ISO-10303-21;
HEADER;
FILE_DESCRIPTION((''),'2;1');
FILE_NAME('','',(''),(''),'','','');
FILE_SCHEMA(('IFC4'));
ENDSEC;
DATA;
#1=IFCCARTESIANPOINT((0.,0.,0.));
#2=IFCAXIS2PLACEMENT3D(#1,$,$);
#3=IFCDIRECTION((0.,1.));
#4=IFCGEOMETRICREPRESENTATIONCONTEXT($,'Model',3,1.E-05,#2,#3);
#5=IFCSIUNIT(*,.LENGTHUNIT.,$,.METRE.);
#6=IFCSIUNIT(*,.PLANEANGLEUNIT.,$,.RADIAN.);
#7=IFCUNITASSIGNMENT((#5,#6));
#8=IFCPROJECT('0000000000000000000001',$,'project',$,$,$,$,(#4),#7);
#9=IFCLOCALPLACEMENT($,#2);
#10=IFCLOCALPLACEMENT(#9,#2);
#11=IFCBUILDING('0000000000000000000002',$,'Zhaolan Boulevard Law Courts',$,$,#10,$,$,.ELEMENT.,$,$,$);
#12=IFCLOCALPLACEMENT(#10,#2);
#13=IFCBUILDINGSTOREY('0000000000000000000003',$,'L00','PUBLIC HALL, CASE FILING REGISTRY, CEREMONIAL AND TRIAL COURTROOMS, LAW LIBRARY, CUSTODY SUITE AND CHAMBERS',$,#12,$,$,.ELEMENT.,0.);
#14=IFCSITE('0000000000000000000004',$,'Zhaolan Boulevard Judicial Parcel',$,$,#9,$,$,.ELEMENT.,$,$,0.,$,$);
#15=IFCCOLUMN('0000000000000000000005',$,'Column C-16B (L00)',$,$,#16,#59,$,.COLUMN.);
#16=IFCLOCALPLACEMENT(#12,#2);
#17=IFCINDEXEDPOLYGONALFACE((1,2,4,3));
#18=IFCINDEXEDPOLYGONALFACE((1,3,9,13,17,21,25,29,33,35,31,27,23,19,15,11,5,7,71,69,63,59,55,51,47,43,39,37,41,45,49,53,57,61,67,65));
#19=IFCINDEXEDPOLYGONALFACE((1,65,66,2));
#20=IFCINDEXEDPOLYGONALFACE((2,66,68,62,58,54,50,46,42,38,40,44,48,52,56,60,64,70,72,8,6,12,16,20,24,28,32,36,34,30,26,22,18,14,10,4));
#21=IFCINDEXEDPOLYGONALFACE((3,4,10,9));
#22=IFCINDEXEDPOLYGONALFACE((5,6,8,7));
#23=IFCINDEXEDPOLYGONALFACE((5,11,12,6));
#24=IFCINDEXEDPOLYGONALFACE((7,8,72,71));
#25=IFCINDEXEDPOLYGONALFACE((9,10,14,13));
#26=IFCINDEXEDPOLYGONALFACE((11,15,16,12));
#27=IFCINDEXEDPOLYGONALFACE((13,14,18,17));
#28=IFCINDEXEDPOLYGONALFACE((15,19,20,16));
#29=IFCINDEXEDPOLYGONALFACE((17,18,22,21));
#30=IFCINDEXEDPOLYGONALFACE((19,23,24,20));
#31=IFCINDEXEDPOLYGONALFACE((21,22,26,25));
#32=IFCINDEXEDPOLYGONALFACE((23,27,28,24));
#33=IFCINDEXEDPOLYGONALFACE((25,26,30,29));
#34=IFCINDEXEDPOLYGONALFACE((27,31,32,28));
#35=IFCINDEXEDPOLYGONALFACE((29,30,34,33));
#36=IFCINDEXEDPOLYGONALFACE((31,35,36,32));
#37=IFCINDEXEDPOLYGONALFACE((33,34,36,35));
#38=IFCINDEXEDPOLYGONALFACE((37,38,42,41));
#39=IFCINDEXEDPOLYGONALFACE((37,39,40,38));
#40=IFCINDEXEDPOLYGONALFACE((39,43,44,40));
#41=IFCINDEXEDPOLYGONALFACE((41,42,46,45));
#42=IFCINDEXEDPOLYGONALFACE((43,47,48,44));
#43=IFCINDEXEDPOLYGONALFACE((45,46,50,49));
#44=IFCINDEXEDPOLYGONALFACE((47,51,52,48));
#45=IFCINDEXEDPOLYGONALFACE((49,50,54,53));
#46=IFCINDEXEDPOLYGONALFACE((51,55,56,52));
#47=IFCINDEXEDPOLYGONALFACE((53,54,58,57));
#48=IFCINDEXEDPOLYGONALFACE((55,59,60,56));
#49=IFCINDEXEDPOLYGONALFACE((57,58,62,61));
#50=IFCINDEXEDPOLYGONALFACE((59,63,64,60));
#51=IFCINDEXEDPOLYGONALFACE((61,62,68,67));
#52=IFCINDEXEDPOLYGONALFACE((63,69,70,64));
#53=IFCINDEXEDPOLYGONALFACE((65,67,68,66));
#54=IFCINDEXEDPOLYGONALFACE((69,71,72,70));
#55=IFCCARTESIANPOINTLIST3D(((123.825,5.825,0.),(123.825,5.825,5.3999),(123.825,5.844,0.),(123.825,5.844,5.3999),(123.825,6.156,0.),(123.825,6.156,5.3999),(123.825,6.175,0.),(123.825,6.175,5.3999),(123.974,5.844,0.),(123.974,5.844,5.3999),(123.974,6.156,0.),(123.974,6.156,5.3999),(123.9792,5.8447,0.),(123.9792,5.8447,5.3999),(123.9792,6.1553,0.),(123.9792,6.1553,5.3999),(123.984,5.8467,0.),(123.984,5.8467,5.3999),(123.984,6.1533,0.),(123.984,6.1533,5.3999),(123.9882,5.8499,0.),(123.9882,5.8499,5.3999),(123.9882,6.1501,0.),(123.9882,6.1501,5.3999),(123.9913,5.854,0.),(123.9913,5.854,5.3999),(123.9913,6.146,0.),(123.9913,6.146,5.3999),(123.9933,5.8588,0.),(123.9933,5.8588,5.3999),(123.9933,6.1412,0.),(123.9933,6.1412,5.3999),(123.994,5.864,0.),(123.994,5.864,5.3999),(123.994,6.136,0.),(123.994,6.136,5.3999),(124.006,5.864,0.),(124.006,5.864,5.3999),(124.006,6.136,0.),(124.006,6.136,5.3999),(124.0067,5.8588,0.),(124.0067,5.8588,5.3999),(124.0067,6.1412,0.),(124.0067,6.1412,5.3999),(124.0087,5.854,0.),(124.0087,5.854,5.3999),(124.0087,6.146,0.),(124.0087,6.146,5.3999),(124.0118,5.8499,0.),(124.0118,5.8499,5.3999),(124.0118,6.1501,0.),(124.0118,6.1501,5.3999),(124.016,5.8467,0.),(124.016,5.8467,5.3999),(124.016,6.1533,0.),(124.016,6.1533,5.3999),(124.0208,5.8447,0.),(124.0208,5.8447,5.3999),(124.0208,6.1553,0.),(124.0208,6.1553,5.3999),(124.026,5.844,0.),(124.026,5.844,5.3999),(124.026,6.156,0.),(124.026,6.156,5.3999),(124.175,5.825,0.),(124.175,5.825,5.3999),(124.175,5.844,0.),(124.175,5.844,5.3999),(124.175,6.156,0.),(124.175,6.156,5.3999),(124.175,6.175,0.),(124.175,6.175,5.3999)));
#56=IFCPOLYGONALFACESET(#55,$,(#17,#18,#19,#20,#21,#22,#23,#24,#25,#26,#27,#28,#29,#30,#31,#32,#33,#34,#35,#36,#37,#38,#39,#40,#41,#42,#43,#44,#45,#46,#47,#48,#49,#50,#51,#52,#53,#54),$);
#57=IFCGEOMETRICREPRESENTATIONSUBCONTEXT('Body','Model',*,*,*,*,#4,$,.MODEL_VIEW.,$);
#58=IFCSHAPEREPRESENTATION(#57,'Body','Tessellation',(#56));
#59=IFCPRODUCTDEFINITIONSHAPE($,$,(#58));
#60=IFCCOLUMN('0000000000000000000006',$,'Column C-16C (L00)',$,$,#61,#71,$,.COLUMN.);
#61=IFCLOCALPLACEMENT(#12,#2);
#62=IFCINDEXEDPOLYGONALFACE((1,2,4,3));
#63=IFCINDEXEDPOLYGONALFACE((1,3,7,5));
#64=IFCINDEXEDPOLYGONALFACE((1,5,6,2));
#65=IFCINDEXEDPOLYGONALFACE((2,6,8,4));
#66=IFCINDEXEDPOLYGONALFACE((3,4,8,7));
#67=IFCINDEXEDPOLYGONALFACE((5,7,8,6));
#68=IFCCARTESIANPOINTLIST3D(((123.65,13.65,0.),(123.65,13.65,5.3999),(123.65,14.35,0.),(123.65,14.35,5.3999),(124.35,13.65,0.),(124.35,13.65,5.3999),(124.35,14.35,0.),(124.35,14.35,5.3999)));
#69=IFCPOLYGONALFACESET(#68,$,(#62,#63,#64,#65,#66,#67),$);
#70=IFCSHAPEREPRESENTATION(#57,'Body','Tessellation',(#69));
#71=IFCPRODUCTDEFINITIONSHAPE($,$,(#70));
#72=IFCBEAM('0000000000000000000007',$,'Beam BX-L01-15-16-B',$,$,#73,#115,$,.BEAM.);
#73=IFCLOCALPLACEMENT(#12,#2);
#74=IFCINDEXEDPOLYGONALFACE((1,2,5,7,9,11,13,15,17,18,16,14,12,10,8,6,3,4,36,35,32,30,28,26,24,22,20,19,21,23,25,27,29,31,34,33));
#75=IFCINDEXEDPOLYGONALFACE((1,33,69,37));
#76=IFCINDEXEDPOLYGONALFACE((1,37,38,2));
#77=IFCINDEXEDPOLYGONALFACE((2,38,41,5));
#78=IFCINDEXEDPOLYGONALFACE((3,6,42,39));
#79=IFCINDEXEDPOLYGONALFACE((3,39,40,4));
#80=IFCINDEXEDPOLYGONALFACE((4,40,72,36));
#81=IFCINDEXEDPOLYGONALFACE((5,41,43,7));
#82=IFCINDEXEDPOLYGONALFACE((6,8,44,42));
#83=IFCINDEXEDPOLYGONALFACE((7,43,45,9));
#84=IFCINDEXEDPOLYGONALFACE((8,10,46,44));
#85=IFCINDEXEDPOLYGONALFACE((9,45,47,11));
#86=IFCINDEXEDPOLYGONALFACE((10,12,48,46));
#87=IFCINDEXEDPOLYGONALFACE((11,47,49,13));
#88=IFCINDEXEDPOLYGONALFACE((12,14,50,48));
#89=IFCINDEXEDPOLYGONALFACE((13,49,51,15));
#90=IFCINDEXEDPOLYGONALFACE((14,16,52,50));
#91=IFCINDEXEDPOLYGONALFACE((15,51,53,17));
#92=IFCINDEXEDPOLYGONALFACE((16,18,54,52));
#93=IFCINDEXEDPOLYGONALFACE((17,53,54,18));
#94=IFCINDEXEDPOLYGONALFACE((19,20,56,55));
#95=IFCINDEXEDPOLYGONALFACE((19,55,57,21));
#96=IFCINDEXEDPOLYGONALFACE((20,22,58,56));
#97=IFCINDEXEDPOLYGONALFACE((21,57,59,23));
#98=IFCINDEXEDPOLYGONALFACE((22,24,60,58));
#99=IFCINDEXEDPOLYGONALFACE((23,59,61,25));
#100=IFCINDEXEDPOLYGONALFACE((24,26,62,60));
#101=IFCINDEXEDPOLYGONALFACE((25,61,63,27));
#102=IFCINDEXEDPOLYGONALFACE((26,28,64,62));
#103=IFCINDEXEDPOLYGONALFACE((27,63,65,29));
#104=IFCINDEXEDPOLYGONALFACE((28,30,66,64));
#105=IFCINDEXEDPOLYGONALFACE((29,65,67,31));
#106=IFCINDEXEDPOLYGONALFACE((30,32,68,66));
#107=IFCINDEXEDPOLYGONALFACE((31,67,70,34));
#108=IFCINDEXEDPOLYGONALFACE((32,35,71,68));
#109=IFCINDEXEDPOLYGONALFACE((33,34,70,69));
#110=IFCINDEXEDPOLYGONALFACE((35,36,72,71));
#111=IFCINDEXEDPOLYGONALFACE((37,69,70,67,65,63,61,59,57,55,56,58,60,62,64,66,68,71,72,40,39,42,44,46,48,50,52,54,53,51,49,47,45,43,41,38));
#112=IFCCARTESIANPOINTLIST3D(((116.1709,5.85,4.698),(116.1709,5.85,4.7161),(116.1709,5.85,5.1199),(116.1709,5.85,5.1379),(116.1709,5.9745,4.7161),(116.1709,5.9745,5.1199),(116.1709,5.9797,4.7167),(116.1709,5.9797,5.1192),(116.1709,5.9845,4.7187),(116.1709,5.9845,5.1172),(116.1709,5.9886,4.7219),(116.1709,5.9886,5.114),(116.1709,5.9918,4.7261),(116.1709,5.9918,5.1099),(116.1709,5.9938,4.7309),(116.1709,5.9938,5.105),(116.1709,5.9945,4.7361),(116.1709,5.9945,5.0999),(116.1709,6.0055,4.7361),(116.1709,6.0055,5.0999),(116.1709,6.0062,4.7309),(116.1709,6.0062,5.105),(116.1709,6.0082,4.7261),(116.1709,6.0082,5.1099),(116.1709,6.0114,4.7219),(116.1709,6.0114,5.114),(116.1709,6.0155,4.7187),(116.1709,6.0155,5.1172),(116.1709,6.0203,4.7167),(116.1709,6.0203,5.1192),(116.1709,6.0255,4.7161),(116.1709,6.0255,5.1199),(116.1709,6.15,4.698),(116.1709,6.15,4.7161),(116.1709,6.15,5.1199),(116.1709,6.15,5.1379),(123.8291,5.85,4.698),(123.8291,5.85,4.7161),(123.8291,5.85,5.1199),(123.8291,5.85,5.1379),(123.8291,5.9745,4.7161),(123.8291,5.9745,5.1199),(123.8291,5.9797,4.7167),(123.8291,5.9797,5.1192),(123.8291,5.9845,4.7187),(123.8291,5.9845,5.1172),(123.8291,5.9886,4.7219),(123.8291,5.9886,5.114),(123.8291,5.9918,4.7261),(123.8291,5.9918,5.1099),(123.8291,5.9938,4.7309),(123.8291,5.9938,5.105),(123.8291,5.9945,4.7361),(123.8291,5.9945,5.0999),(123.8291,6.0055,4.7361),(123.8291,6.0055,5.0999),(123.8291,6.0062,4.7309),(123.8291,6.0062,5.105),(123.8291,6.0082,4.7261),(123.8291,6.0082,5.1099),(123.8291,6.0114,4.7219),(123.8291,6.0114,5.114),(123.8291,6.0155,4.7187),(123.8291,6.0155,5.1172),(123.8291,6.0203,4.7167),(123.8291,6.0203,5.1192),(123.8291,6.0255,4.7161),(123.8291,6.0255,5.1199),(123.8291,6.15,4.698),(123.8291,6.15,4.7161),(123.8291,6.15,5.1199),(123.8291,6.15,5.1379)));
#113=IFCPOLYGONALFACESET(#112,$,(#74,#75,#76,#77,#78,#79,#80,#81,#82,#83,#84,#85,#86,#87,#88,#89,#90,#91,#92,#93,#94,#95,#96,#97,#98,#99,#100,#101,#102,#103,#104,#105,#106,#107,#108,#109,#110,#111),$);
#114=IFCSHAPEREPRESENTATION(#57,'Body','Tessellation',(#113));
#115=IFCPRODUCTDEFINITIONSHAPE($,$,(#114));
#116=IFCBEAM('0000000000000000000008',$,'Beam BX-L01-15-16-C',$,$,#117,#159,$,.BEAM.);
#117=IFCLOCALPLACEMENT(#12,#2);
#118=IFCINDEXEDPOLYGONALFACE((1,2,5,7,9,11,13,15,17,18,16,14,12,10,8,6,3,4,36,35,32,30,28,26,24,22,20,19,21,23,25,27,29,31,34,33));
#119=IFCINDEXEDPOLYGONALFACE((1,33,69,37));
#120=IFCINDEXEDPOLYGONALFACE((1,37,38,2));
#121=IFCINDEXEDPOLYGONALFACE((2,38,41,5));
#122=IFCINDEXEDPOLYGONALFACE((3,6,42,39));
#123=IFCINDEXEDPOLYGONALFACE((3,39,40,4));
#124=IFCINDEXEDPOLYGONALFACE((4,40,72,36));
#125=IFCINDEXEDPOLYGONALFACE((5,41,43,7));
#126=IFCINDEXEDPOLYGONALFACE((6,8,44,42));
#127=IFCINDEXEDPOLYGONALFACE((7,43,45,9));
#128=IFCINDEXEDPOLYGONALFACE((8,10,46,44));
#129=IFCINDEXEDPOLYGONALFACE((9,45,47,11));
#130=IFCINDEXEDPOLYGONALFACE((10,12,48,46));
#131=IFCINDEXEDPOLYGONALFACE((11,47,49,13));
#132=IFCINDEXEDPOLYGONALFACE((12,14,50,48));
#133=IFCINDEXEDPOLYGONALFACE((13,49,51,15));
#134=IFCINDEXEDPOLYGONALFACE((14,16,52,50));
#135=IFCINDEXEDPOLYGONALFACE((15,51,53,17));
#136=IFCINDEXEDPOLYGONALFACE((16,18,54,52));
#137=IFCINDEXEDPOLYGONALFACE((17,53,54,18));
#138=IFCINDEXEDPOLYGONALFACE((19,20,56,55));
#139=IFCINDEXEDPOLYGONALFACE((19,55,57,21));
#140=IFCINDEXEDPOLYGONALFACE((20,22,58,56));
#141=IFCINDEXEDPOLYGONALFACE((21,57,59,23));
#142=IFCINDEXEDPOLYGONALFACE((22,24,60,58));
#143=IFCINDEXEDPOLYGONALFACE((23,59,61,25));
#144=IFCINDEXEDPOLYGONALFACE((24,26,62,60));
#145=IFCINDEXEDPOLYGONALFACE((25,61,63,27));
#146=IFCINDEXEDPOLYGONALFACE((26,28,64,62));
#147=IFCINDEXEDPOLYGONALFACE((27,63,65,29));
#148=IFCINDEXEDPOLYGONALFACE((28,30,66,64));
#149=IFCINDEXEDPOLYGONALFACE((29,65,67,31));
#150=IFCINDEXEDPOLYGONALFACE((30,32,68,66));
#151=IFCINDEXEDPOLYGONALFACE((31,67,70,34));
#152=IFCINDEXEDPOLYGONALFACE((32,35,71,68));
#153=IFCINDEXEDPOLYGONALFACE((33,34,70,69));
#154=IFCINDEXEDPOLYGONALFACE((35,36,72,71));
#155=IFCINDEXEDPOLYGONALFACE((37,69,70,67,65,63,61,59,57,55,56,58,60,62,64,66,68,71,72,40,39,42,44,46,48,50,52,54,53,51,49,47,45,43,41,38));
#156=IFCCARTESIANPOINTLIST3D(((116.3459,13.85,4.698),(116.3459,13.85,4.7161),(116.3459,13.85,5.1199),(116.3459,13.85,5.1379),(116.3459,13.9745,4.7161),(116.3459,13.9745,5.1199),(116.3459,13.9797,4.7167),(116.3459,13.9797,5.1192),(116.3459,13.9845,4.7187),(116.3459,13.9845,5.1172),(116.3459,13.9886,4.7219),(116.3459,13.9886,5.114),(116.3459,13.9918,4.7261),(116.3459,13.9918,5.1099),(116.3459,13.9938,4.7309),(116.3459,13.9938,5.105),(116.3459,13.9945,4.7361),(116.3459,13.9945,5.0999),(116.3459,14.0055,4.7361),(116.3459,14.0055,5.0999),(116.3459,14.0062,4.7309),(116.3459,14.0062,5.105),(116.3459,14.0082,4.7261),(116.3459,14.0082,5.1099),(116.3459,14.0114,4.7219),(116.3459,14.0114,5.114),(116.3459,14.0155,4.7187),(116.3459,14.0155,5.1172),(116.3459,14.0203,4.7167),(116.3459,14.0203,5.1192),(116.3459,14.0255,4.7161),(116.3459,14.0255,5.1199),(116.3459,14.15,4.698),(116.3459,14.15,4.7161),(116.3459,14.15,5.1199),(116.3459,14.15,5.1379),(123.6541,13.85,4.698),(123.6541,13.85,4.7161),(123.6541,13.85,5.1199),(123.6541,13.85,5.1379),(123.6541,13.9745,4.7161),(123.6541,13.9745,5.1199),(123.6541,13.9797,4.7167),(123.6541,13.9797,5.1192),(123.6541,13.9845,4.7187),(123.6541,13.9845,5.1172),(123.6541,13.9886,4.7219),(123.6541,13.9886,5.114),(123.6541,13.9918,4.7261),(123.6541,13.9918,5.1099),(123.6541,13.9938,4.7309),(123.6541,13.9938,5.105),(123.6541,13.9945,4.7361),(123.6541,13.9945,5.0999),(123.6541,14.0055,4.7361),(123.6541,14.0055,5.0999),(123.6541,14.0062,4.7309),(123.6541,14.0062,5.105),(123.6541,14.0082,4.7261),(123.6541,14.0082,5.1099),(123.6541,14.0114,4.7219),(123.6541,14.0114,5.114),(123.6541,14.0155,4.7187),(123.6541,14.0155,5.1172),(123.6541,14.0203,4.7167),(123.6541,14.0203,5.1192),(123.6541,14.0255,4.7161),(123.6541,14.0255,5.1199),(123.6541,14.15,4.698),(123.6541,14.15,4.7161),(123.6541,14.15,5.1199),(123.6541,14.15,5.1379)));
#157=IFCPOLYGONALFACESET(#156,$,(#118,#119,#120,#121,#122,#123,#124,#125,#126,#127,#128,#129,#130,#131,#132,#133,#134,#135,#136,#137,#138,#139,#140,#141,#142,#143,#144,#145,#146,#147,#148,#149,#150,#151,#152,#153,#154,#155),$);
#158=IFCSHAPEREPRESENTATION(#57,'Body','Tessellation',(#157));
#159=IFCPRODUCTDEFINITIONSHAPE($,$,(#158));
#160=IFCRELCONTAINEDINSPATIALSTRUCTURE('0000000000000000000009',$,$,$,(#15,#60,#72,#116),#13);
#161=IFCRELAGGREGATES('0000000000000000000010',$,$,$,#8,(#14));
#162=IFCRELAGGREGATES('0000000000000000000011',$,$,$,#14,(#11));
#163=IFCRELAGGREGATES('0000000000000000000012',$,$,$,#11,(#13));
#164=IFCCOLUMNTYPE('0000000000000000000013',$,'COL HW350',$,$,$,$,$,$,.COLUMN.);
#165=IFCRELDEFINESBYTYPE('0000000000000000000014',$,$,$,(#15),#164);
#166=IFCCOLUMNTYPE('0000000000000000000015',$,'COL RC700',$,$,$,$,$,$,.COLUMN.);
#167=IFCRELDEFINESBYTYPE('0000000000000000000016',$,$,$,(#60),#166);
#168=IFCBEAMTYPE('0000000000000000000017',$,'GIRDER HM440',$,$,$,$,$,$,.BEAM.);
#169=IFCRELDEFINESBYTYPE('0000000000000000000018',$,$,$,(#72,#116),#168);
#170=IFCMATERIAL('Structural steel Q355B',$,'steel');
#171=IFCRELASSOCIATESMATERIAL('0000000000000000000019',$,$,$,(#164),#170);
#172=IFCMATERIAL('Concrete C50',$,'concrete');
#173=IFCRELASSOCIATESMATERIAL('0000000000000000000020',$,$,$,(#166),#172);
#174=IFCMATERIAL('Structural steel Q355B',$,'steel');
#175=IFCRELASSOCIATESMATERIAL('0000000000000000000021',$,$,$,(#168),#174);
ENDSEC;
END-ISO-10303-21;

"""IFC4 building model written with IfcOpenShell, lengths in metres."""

from ifc_helpers import new_model, si_unit, direction, frame, origin, origin_2d, place, context, subcontext, project, spatial, rectangle, i_section, extrude, material, material_profile, profile_set, type_object, element, save


model = new_model("IFC4")

# Units and contexts
model_context = context("Model", 3, precision=1e-05, world=origin(), true_north=direction((0.0, 1.0)))
body_context = subcontext(model_context, "Body", "Model", "MODEL_VIEW")
ifc_project = project(units=[si_unit("LENGTHUNIT", "METRE"), si_unit("PLANEANGLEUNIT", "RADIAN")], contexts=[model_context])

# Site, building, storey
site_placement = place(None, origin())
site = spatial("IfcSite", under=ifc_project, at=site_placement, Name="Zhaolan Boulevard Judicial Parcel", CompositionType="ELEMENT", RefElevation=0.0)
building_placement = place(site_placement, origin())
building = spatial("IfcBuilding", under=site, at=building_placement, Name="Zhaolan Boulevard Law Courts", CompositionType="ELEMENT")
storey_placement = place(building_placement, origin())
storey = spatial("IfcBuildingStorey", under=building, at=storey_placement, Name="L00", Description="PUBLIC HALL, CASE FILING REGISTRY, CEREMONIAL AND TRIAL COURTROOMS, LAW LIBRARY, CUSTODY SUITE AND CHAMBERS", CompositionType="ELEMENT", Elevation=0.0)

# Columns
ifc_material_1 = material(Name="Structural steel Q355B", Category="steel")
ifc_material_profile_1 = material_profile(ifc_material_1, i_section(OverallWidth=0.3501, OverallDepth=0.3501, WebThickness=0.012, FlangeThickness=0.019, FilletRadius=0.02, at=origin_2d()), Name="HW350x350")
ifc_profile_set_1 = profile_set([ifc_material_profile_1], Name="Structural steel Q355B")
column_type_1 = type_object("IfcColumnType", Name="COL HW350", PredefinedType="COLUMN", material=ifc_profile_set_1)
column_1_placement = place(storey_placement, frame((124.0, 6.0, 0.0), z_axis=(0.0, 0.0, 1.0), x_axis=(1.0, 0.0, 0.0)))
element("IfcColumn", 1, at=column_1_placement, inside=storey, type_object=column_type_1, Name="Column C-16B (L00)", PredefinedType="COLUMN", context=body_context, shape_type="SweptSolid", body=[
    extrude(i_section(OverallWidth=0.3501, OverallDepth=0.3501, WebThickness=0.012, FlangeThickness=0.019, FilletRadius=0.02, at=origin_2d()), origin(), (0.0, 0.0, 1.0), 5.3999),
])
ifc_material_2 = material(Name="Concrete C50", Category="concrete")
ifc_material_profile_2 = material_profile(ifc_material_2, rectangle(XDim=0.7, YDim=0.7, at=origin_2d()), Name="RC700x700")
ifc_profile_set_2 = profile_set([ifc_material_profile_2], Name="Concrete C50")
column_type_2 = type_object("IfcColumnType", Name="COL RC700", PredefinedType="COLUMN", material=ifc_profile_set_2)
column_2_placement = place(storey_placement, frame((124.0, 14.0, 0.0), z_axis=(0.0, 0.0, 1.0), x_axis=(1.0, 0.0, 0.0)))
element("IfcColumn", 2, at=column_2_placement, inside=storey, type_object=column_type_2, Name="Column C-16C (L00)", PredefinedType="COLUMN", context=body_context, shape_type="SweptSolid", body=[
    extrude(rectangle(XDim=0.7, YDim=0.7, at=origin_2d()), origin(), (0.0, 0.0, 1.0), 5.3999),
])

# Beams
ifc_material_3 = material(Name="Structural steel Q355B", Category="steel")
ifc_material_profile_3 = material_profile(ifc_material_3, i_section(OverallWidth=0.3, OverallDepth=0.4399, WebThickness=0.011, FlangeThickness=0.0181, FilletRadius=0.02, at=origin_2d()), Name="HM440x300")
ifc_profile_set_3 = profile_set([ifc_material_profile_3], Name="Structural steel Q355B")
beam_type_1 = type_object("IfcBeamType", Name="GIRDER HM440", PredefinedType="BEAM", material=ifc_profile_set_3)
beam_1_placement = place(storey_placement, frame((116.1709, 6.0, 4.918), z_axis=(1.0, 0.0, 0.0), x_axis=(0.0, 1.0, 0.0)))
element("IfcBeam", 3, at=beam_1_placement, inside=storey, type_object=beam_type_1, Name="Beam BX-L01-15-16-B", PredefinedType="BEAM", context=body_context, shape_type="SweptSolid", body=[
    extrude(i_section(OverallWidth=0.3, OverallDepth=0.4399, WebThickness=0.011, FlangeThickness=0.0181, FilletRadius=0.02, at=origin_2d()), origin(), (0.0, 0.0, 1.0), 7.6582),
])
beam_2_placement = place(storey_placement, frame((116.3459, 14.0, 4.918), z_axis=(1.0, 0.0, 0.0), x_axis=(0.0, 1.0, 0.0)))
element("IfcBeam", 4, at=beam_2_placement, inside=storey, type_object=beam_type_1, Name="Beam BX-L01-15-16-C", PredefinedType="BEAM", context=body_context, shape_type="SweptSolid", body=[
    extrude(i_section(OverallWidth=0.3, OverallDepth=0.4399, WebThickness=0.011, FlangeThickness=0.0181, FilletRadius=0.02, at=origin_2d()), origin(), (0.0, 0.0, 1.0), 7.3081),
])

save(model, "model.ifc")
